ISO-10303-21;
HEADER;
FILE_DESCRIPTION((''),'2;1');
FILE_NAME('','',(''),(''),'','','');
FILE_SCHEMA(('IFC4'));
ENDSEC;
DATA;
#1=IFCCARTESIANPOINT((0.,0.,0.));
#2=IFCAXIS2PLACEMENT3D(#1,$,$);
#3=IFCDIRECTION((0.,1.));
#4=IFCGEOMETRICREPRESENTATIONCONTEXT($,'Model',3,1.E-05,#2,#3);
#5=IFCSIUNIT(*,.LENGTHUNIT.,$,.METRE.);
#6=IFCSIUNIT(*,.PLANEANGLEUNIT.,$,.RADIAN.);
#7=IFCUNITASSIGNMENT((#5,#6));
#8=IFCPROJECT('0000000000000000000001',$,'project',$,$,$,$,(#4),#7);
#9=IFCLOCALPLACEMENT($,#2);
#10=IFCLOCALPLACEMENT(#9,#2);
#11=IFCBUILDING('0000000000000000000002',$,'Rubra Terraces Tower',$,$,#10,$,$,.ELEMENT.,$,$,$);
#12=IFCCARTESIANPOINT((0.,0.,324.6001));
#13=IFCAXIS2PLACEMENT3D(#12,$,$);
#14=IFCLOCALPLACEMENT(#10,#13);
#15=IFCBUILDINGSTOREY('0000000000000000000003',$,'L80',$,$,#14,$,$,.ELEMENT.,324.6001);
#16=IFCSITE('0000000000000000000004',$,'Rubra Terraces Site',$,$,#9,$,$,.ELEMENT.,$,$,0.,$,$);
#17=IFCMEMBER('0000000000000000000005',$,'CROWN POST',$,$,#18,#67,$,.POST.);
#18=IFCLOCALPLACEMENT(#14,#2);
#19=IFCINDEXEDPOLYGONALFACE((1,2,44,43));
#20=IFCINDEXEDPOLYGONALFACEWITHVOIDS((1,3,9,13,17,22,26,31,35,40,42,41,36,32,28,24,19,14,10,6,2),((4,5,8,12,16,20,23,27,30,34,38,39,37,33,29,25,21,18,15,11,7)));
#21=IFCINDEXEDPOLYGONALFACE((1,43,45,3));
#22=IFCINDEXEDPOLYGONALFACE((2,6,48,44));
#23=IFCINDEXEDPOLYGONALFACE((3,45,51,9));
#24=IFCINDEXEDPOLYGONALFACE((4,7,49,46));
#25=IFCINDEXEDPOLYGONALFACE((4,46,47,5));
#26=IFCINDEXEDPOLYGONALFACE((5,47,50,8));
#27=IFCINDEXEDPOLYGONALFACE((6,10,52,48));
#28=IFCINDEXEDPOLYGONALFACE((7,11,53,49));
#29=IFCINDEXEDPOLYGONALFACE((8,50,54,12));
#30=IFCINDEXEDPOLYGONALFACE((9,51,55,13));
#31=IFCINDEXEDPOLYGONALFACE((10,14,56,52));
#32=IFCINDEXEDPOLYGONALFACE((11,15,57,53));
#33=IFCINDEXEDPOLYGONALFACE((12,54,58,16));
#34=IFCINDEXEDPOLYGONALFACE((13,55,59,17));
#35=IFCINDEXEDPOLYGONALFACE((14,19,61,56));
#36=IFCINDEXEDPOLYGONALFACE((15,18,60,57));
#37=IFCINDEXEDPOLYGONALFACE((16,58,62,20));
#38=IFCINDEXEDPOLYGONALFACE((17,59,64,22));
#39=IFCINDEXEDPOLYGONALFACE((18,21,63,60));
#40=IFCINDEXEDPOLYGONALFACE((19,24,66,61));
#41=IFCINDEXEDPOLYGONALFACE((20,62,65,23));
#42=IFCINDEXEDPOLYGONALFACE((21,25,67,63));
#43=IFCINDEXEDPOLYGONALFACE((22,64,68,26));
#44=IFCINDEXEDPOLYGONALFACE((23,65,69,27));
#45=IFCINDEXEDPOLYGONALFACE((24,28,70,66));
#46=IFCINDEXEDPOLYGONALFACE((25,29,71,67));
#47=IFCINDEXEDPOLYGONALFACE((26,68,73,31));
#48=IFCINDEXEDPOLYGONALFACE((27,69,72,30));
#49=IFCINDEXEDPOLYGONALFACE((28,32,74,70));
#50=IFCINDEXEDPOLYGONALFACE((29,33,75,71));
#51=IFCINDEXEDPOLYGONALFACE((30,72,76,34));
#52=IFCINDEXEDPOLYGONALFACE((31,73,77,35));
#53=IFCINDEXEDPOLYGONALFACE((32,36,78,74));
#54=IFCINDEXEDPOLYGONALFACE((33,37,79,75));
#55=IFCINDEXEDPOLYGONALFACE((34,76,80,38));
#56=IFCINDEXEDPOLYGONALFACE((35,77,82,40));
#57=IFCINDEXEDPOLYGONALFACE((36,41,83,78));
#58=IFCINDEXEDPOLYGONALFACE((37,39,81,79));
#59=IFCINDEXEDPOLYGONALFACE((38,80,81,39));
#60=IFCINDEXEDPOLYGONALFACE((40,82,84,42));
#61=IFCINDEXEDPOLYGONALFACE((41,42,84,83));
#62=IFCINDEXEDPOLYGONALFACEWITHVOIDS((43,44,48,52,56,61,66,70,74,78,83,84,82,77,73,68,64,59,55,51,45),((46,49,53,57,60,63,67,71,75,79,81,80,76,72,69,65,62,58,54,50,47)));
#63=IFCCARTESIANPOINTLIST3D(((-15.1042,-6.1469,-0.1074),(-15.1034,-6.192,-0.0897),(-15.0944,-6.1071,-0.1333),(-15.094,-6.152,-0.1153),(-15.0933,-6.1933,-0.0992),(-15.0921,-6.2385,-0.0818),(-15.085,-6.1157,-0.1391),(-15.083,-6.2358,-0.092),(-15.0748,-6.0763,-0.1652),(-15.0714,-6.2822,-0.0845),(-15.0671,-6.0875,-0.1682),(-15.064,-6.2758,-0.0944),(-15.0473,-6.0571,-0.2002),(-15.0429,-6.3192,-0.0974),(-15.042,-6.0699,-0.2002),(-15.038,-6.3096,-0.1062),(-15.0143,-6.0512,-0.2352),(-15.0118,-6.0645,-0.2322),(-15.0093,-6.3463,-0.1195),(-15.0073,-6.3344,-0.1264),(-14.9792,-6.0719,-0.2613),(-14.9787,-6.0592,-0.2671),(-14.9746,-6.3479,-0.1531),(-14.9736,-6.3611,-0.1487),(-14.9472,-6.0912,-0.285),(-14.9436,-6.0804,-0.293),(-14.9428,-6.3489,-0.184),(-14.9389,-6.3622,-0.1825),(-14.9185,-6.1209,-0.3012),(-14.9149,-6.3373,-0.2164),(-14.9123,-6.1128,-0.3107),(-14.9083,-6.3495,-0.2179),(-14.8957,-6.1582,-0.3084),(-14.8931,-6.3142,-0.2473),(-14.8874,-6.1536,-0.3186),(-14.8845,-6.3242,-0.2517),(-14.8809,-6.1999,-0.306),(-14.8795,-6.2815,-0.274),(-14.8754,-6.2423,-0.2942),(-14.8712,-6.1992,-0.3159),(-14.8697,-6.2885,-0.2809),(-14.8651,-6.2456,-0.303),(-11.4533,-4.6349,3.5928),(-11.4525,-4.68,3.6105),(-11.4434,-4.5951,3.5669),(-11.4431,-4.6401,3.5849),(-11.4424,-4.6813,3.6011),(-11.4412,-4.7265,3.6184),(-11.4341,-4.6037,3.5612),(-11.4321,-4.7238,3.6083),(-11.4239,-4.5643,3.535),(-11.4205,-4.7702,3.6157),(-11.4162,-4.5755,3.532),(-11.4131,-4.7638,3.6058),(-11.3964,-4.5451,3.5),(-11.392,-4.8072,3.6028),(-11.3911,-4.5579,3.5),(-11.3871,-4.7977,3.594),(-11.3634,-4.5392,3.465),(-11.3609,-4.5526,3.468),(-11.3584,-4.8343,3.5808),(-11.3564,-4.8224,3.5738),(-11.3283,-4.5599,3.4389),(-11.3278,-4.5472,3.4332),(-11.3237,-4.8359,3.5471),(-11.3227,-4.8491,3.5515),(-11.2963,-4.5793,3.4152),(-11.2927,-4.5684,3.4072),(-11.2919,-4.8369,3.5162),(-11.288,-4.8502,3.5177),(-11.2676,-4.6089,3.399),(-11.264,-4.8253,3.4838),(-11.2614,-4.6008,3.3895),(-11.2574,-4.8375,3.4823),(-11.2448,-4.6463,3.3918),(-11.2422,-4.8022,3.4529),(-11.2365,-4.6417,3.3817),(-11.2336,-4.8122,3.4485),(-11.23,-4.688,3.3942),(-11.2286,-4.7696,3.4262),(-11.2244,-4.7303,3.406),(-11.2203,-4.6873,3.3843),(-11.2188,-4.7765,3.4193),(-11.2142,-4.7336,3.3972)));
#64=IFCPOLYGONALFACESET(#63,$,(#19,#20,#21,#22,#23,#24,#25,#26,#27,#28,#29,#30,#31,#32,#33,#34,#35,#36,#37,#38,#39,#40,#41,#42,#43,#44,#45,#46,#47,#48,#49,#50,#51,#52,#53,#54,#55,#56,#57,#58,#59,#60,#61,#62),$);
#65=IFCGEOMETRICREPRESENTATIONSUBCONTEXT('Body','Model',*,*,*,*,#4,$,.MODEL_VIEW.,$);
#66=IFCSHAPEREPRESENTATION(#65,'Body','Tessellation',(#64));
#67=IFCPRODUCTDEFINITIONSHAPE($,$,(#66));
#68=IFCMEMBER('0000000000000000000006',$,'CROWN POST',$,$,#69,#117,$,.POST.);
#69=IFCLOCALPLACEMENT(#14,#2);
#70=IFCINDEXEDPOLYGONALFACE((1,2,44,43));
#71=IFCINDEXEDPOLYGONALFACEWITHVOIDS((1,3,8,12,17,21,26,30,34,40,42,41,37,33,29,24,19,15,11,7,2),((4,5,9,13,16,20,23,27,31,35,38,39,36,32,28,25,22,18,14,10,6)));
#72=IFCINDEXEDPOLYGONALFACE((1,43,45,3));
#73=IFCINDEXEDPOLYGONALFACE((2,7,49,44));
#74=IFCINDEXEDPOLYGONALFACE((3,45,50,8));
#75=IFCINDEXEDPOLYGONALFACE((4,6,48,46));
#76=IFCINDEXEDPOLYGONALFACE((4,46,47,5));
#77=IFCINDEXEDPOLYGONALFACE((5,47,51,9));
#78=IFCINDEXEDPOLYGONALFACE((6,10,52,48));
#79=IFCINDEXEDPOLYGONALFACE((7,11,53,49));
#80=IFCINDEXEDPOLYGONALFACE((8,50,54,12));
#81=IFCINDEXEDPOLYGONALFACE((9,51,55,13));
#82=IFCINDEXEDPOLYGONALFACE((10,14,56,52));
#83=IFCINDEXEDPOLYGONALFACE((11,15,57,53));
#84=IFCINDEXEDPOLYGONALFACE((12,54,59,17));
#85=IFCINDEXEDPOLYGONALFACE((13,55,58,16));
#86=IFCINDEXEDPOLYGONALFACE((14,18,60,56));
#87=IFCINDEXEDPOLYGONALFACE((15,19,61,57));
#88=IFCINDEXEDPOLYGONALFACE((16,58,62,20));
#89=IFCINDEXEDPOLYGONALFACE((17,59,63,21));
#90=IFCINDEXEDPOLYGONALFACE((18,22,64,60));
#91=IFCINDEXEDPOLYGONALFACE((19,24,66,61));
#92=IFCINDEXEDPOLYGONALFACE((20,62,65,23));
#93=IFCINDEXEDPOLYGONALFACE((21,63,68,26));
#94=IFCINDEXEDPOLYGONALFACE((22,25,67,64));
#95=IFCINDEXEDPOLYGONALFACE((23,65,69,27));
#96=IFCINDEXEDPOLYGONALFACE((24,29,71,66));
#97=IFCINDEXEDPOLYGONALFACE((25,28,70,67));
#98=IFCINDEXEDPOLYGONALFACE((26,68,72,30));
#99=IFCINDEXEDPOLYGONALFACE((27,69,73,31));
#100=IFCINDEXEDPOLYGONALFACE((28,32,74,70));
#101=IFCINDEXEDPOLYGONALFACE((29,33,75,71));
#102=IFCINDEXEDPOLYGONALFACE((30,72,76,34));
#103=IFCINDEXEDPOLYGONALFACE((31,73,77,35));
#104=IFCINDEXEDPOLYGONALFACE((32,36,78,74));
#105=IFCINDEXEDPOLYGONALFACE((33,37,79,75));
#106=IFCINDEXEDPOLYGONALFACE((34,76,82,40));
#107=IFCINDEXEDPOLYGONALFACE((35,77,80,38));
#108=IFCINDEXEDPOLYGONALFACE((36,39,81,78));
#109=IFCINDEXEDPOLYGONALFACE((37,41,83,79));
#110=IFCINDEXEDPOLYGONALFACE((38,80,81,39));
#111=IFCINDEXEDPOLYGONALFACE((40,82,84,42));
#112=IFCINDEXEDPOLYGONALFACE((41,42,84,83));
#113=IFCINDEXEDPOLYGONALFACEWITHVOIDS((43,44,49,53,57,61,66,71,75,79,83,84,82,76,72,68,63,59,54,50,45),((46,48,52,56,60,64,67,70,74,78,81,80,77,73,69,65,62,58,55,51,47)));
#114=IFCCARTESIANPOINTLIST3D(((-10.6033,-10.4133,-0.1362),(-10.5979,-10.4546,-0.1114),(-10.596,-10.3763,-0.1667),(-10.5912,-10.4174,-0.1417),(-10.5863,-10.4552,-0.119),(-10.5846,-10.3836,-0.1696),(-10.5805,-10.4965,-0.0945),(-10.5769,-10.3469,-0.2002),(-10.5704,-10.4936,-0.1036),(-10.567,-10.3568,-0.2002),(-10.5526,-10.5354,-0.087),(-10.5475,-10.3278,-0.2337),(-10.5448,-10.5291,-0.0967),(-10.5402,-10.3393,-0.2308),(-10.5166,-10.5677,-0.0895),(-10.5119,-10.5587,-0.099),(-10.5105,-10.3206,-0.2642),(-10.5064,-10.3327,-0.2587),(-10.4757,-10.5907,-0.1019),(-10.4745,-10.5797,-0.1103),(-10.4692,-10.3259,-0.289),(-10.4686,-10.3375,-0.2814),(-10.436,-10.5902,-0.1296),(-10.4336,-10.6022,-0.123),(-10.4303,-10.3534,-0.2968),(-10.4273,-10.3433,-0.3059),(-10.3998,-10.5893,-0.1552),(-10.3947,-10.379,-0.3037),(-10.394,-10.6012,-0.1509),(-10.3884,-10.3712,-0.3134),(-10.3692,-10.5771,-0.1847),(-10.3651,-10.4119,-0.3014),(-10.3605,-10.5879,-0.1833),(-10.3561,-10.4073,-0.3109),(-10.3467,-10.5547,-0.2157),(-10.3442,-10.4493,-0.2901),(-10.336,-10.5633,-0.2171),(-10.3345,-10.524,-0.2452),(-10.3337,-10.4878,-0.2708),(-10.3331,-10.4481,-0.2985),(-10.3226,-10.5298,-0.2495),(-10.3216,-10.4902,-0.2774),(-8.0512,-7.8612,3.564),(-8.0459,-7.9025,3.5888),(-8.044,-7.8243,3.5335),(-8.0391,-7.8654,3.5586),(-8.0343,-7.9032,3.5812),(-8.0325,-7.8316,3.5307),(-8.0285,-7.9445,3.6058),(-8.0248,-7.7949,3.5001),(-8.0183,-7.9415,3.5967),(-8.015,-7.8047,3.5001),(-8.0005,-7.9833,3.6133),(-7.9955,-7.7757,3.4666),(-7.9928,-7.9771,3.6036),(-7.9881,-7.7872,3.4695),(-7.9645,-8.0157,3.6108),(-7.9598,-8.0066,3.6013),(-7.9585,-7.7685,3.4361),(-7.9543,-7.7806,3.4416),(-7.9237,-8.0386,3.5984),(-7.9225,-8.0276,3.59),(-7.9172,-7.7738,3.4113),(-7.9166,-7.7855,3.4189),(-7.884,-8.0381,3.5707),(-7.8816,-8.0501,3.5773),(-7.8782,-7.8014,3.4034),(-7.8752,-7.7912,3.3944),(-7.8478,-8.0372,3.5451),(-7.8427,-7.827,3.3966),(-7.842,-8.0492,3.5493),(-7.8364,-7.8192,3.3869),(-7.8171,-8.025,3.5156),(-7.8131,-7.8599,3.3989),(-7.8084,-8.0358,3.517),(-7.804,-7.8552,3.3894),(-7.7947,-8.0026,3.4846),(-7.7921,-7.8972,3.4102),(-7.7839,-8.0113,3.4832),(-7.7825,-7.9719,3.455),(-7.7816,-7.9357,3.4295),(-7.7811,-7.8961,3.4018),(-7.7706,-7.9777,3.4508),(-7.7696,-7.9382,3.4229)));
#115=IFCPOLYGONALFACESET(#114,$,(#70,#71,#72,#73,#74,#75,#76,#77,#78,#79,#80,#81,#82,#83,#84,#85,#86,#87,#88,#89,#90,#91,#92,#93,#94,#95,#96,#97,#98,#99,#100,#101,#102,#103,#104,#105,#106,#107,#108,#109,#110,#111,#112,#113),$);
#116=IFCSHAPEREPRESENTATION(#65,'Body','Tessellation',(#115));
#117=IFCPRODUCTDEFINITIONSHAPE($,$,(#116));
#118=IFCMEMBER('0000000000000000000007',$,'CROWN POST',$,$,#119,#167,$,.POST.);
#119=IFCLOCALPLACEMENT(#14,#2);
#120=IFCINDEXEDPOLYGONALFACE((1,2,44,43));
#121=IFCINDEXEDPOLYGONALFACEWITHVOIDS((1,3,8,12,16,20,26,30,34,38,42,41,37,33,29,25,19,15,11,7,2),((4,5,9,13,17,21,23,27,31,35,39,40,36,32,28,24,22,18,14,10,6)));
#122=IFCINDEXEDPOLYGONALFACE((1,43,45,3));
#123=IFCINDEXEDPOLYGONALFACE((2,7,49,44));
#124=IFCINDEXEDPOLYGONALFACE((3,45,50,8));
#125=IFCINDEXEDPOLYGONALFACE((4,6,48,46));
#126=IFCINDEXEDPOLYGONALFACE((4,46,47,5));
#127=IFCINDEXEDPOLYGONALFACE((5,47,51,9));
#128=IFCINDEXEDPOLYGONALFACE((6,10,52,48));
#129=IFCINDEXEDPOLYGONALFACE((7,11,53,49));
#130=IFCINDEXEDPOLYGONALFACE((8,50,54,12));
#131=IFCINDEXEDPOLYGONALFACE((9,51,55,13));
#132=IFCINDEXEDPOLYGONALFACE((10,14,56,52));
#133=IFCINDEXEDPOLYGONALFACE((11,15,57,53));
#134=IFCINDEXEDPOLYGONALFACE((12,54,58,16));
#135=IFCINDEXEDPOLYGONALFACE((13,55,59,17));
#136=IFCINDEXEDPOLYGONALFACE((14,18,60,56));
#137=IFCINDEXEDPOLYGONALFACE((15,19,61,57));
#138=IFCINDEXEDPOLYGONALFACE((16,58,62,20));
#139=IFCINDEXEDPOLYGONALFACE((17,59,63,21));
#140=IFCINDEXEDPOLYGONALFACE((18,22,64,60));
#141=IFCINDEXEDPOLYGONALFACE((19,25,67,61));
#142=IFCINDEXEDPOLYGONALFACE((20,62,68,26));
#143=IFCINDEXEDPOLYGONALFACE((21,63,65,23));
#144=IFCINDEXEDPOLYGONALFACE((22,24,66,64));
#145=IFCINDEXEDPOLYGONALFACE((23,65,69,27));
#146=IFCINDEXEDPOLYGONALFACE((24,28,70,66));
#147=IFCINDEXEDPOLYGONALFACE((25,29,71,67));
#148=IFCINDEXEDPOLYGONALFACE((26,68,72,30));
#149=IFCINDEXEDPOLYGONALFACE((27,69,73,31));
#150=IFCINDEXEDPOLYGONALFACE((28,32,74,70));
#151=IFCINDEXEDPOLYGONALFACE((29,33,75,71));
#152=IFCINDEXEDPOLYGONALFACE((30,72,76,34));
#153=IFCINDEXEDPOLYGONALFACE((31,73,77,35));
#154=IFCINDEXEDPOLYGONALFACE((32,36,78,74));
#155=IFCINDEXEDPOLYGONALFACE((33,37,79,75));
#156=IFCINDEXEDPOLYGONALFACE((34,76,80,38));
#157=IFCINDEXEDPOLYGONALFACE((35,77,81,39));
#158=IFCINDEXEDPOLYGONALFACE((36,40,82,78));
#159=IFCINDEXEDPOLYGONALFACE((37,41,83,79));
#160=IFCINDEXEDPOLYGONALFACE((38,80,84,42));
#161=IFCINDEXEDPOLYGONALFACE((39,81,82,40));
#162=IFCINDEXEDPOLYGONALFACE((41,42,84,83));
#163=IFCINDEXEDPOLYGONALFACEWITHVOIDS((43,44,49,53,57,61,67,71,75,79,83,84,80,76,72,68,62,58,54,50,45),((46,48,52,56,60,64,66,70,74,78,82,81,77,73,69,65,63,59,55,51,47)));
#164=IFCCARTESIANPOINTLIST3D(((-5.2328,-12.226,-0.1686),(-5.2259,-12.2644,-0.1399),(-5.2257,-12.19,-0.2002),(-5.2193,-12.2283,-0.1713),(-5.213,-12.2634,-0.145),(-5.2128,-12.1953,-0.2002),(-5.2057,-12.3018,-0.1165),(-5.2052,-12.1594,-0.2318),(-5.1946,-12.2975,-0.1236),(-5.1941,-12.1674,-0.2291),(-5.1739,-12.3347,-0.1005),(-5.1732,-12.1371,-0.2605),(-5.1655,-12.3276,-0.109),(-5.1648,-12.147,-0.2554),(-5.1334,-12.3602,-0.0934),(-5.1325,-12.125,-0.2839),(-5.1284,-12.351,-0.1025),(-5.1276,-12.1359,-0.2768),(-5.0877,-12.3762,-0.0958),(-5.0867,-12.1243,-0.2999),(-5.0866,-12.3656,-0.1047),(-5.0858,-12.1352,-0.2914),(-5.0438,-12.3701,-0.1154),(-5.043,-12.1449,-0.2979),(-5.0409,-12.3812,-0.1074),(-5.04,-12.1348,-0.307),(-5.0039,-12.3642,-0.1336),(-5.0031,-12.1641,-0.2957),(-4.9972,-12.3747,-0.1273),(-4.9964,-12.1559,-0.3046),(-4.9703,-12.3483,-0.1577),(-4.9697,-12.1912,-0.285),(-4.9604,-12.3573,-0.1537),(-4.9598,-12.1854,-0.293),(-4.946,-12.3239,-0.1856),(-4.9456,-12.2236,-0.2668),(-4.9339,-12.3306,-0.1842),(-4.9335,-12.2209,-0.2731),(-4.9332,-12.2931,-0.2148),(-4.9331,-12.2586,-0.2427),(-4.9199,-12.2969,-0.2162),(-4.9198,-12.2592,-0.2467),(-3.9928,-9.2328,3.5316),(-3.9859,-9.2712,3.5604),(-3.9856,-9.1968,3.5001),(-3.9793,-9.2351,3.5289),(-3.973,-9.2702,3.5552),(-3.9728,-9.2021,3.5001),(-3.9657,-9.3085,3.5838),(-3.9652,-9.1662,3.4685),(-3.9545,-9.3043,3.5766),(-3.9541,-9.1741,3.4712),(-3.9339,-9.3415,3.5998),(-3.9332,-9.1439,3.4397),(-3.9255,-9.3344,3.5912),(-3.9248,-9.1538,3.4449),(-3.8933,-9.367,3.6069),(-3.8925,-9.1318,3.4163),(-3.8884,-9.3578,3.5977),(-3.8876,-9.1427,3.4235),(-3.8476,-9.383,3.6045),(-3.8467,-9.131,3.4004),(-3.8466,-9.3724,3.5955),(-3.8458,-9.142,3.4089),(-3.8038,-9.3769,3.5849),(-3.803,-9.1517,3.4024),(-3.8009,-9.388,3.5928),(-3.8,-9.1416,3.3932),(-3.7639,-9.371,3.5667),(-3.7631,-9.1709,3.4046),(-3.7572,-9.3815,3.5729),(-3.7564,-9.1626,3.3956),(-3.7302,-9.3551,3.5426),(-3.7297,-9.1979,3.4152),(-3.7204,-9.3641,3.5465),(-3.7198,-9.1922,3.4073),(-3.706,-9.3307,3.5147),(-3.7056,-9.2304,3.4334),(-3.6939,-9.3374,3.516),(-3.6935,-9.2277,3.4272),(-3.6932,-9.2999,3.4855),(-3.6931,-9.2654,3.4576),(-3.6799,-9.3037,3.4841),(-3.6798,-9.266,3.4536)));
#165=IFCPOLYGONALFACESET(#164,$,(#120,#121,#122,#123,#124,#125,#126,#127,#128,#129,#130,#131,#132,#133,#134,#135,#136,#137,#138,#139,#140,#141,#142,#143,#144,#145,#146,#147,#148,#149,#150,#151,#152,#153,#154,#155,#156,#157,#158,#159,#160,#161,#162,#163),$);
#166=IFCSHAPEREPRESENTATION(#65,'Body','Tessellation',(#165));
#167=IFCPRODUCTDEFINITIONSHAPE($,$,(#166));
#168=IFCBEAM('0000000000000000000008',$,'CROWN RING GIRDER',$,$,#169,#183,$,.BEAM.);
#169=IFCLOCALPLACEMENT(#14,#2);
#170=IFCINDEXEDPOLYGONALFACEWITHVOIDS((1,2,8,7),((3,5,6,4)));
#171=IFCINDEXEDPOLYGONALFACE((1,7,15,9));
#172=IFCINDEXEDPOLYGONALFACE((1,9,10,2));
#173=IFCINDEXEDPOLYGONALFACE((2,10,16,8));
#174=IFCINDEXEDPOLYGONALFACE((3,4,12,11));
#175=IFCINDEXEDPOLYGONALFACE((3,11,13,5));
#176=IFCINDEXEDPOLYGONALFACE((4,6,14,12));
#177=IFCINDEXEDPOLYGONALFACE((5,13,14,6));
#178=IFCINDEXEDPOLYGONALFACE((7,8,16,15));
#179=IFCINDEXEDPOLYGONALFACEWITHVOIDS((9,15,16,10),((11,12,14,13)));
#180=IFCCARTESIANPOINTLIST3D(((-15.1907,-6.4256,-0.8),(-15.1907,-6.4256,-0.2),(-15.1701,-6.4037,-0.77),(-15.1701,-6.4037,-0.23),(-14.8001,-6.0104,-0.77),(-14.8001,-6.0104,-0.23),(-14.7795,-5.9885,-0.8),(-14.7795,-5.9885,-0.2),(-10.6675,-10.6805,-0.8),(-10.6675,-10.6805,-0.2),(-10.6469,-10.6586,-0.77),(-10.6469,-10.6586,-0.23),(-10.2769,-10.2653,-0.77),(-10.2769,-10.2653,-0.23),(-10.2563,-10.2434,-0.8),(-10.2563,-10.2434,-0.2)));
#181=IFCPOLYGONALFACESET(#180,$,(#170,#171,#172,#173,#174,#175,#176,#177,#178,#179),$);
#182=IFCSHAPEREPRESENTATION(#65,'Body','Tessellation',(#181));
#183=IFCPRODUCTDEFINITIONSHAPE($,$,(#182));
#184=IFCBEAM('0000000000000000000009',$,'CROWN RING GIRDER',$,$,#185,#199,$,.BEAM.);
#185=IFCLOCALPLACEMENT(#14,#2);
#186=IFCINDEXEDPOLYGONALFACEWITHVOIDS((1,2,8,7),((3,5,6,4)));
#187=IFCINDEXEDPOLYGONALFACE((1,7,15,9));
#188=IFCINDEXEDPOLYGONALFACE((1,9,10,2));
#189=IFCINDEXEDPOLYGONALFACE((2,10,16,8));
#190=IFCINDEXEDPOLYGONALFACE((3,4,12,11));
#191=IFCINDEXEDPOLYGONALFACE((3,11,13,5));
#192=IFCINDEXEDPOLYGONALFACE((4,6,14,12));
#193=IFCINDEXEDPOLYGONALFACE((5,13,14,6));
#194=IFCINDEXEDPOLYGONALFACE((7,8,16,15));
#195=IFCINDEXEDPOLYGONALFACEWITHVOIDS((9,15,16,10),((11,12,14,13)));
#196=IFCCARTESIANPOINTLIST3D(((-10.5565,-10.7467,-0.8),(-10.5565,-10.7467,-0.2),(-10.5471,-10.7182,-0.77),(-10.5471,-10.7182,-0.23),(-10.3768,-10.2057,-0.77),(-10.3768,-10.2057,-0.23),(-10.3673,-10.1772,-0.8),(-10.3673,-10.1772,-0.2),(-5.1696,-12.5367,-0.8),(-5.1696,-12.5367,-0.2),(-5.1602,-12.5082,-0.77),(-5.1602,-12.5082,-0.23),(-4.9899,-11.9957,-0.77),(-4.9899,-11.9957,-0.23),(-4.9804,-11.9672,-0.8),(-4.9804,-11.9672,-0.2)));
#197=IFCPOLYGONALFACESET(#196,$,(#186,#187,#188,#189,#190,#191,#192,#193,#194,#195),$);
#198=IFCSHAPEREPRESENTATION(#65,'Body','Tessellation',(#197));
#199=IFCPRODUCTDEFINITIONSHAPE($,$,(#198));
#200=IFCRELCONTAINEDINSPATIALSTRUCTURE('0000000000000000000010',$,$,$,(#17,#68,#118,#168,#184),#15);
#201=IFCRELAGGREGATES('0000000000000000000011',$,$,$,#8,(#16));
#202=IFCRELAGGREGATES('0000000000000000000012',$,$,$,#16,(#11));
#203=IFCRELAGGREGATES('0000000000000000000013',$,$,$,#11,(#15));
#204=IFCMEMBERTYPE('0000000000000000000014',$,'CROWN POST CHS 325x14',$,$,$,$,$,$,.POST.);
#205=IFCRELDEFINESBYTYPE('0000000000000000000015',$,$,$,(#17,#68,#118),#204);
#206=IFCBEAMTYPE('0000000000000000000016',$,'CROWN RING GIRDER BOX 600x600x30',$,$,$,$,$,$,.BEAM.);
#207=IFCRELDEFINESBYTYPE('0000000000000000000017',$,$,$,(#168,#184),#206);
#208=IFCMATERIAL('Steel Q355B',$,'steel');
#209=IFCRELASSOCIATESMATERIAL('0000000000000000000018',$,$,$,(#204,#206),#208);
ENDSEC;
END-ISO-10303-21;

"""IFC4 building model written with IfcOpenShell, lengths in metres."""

from ifc_helpers import new_model, si_unit, direction, frame, origin, origin_2d, place, context, subcontext, project, spatial, hollow_rectangle, hollow_circle, extrude, material, material_profile, profile_set, type_object, element, save


model = new_model("IFC4")

# Units and contexts
model_context = context("Model", 3, precision=1e-05, world=origin(), true_north=direction((0.0, 1.0)))
body_context = subcontext(model_context, "Body", "Model", "MODEL_VIEW")
ifc_project = project(units=[si_unit("LENGTHUNIT", "METRE"), si_unit("PLANEANGLEUNIT", "RADIAN")], contexts=[model_context])

# Site, building, storey
site_placement = place(None, origin())
site = spatial("IfcSite", under=ifc_project, at=site_placement, Name="Rubra Terraces Site", CompositionType="ELEMENT", RefElevation=0.0)
building_placement = place(site_placement, origin())
building = spatial("IfcBuilding", under=site, at=building_placement, Name="Rubra Terraces Tower", CompositionType="ELEMENT")
storey_placement = place(building_placement, frame((0.0, 0.0, 324.6001)))
storey = spatial("IfcBuildingStorey", under=building, at=storey_placement, Name="L80", CompositionType="ELEMENT", Elevation=324.6001)

# Members
ifc_material_1 = material(Name="Steel Q355B", Category="steel")
ifc_material_profile_1 = material_profile(ifc_material_1, hollow_circle(Radius=0.1626, WallThickness=0.0139, at=origin_2d()), Name="CHS 325x14")
ifc_profile_set_1 = profile_set([ifc_material_profile_1], Name="Steel Q355B")
member_type_1 = type_object("IfcMemberType", Name="CROWN POST CHS 325x14", PredefinedType="POST", material=ifc_profile_set_1)
member_1_placement = place(storey_placement, frame((-14.9851, -6.2073, -0.2002), z_axis=(0.674398, 0.279293, 0.683508), x_axis=(-0.382623, 0.923905, 0.0)))
element("IfcMember", 1, at=member_1_placement, inside=storey, type_object=member_type_1, Name="CROWN POST", PredefinedType="POST", context=body_context, shape_type="SweptSolid", body=[
    extrude(hollow_circle(Radius=0.1626, WallThickness=0.0139, at=origin_2d()), origin(), (0.0, 0.0, 1.0), 5.4136),
])
member_2_placement = place(storey_placement, frame((-10.4619, -10.4619, -0.2002), z_axis=(0.493728, 0.493728, 0.715866), x_axis=(-0.707107, 0.707107, 0.0)))
element("IfcMember", 2, at=member_2_placement, inside=storey, type_object=member_type_1, Name="CROWN POST", PredefinedType="POST", context=body_context, shape_type="SweptSolid", body=[
    extrude(hollow_circle(Radius=0.1626, WallThickness=0.0139, at=origin_2d()), origin(), (0.0, 0.0, 1.0), 5.1689),
])
member_3_placement = place(storey_placement, frame((-5.0754, -12.2522, -0.2002), z_axis=(0.252126, 0.608597, 0.752357), x_axis=(-0.92386, 0.382731, 0.0)))
element("IfcMember", 3, at=member_3_placement, inside=storey, type_object=member_type_1, Name="CROWN POST", PredefinedType="POST", context=body_context, shape_type="SweptSolid", body=[
    extrude(hollow_circle(Radius=0.1626, WallThickness=0.0139, at=origin_2d()), origin(), (0.0, 0.0, 1.0), 4.9182),
])

# Beams
ifc_material_profile_2 = material_profile(ifc_material_1, hollow_rectangle(XDim=0.6001, YDim=0.6001, WallThickness=0.03, at=origin_2d()), Name="BOX 600x600x30")
ifc_profile_set_2 = profile_set([ifc_material_profile_2], Name="Steel Q355B")
beam_type_1 = type_object("IfcBeamType", Name="CROWN RING GIRDER BOX 600x600x30", PredefinedType="BEAM", material=ifc_profile_set_2)
beam_1_placement = place(storey_placement, frame((-14.9851, -6.207, -0.5), z_axis=(0.72838, -0.685173, 0.0), x_axis=(0.685173, 0.72838, 0.0)))
element("IfcBeam", 4, at=beam_1_placement, inside=storey, type_object=beam_type_1, Name="CROWN RING GIRDER", PredefinedType="BEAM", context=body_context, shape_type="SweptSolid", body=[
    extrude(hollow_rectangle(XDim=0.6001, YDim=0.6001, WallThickness=0.03, at=origin_2d()), origin(), (0.0, 0.0, 1.0), 6.21),
])
beam_2_placement = place(storey_placement, frame((-10.4619, -10.4619, -0.5), z_axis=(0.94898, -0.315337, 0.0), x_axis=(0.315337, 0.94898, 0.0)))
element("IfcBeam", 5, at=beam_2_placement, inside=storey, type_object=beam_type_1, Name="CROWN RING GIRDER", PredefinedType="BEAM", context=body_context, shape_type="SweptSolid", body=[
    extrude(hollow_rectangle(XDim=0.6001, YDim=0.6001, WallThickness=0.03, at=origin_2d()), origin(), (0.0, 0.0, 1.0), 5.6765),
])

save(model, "model.ifc")
